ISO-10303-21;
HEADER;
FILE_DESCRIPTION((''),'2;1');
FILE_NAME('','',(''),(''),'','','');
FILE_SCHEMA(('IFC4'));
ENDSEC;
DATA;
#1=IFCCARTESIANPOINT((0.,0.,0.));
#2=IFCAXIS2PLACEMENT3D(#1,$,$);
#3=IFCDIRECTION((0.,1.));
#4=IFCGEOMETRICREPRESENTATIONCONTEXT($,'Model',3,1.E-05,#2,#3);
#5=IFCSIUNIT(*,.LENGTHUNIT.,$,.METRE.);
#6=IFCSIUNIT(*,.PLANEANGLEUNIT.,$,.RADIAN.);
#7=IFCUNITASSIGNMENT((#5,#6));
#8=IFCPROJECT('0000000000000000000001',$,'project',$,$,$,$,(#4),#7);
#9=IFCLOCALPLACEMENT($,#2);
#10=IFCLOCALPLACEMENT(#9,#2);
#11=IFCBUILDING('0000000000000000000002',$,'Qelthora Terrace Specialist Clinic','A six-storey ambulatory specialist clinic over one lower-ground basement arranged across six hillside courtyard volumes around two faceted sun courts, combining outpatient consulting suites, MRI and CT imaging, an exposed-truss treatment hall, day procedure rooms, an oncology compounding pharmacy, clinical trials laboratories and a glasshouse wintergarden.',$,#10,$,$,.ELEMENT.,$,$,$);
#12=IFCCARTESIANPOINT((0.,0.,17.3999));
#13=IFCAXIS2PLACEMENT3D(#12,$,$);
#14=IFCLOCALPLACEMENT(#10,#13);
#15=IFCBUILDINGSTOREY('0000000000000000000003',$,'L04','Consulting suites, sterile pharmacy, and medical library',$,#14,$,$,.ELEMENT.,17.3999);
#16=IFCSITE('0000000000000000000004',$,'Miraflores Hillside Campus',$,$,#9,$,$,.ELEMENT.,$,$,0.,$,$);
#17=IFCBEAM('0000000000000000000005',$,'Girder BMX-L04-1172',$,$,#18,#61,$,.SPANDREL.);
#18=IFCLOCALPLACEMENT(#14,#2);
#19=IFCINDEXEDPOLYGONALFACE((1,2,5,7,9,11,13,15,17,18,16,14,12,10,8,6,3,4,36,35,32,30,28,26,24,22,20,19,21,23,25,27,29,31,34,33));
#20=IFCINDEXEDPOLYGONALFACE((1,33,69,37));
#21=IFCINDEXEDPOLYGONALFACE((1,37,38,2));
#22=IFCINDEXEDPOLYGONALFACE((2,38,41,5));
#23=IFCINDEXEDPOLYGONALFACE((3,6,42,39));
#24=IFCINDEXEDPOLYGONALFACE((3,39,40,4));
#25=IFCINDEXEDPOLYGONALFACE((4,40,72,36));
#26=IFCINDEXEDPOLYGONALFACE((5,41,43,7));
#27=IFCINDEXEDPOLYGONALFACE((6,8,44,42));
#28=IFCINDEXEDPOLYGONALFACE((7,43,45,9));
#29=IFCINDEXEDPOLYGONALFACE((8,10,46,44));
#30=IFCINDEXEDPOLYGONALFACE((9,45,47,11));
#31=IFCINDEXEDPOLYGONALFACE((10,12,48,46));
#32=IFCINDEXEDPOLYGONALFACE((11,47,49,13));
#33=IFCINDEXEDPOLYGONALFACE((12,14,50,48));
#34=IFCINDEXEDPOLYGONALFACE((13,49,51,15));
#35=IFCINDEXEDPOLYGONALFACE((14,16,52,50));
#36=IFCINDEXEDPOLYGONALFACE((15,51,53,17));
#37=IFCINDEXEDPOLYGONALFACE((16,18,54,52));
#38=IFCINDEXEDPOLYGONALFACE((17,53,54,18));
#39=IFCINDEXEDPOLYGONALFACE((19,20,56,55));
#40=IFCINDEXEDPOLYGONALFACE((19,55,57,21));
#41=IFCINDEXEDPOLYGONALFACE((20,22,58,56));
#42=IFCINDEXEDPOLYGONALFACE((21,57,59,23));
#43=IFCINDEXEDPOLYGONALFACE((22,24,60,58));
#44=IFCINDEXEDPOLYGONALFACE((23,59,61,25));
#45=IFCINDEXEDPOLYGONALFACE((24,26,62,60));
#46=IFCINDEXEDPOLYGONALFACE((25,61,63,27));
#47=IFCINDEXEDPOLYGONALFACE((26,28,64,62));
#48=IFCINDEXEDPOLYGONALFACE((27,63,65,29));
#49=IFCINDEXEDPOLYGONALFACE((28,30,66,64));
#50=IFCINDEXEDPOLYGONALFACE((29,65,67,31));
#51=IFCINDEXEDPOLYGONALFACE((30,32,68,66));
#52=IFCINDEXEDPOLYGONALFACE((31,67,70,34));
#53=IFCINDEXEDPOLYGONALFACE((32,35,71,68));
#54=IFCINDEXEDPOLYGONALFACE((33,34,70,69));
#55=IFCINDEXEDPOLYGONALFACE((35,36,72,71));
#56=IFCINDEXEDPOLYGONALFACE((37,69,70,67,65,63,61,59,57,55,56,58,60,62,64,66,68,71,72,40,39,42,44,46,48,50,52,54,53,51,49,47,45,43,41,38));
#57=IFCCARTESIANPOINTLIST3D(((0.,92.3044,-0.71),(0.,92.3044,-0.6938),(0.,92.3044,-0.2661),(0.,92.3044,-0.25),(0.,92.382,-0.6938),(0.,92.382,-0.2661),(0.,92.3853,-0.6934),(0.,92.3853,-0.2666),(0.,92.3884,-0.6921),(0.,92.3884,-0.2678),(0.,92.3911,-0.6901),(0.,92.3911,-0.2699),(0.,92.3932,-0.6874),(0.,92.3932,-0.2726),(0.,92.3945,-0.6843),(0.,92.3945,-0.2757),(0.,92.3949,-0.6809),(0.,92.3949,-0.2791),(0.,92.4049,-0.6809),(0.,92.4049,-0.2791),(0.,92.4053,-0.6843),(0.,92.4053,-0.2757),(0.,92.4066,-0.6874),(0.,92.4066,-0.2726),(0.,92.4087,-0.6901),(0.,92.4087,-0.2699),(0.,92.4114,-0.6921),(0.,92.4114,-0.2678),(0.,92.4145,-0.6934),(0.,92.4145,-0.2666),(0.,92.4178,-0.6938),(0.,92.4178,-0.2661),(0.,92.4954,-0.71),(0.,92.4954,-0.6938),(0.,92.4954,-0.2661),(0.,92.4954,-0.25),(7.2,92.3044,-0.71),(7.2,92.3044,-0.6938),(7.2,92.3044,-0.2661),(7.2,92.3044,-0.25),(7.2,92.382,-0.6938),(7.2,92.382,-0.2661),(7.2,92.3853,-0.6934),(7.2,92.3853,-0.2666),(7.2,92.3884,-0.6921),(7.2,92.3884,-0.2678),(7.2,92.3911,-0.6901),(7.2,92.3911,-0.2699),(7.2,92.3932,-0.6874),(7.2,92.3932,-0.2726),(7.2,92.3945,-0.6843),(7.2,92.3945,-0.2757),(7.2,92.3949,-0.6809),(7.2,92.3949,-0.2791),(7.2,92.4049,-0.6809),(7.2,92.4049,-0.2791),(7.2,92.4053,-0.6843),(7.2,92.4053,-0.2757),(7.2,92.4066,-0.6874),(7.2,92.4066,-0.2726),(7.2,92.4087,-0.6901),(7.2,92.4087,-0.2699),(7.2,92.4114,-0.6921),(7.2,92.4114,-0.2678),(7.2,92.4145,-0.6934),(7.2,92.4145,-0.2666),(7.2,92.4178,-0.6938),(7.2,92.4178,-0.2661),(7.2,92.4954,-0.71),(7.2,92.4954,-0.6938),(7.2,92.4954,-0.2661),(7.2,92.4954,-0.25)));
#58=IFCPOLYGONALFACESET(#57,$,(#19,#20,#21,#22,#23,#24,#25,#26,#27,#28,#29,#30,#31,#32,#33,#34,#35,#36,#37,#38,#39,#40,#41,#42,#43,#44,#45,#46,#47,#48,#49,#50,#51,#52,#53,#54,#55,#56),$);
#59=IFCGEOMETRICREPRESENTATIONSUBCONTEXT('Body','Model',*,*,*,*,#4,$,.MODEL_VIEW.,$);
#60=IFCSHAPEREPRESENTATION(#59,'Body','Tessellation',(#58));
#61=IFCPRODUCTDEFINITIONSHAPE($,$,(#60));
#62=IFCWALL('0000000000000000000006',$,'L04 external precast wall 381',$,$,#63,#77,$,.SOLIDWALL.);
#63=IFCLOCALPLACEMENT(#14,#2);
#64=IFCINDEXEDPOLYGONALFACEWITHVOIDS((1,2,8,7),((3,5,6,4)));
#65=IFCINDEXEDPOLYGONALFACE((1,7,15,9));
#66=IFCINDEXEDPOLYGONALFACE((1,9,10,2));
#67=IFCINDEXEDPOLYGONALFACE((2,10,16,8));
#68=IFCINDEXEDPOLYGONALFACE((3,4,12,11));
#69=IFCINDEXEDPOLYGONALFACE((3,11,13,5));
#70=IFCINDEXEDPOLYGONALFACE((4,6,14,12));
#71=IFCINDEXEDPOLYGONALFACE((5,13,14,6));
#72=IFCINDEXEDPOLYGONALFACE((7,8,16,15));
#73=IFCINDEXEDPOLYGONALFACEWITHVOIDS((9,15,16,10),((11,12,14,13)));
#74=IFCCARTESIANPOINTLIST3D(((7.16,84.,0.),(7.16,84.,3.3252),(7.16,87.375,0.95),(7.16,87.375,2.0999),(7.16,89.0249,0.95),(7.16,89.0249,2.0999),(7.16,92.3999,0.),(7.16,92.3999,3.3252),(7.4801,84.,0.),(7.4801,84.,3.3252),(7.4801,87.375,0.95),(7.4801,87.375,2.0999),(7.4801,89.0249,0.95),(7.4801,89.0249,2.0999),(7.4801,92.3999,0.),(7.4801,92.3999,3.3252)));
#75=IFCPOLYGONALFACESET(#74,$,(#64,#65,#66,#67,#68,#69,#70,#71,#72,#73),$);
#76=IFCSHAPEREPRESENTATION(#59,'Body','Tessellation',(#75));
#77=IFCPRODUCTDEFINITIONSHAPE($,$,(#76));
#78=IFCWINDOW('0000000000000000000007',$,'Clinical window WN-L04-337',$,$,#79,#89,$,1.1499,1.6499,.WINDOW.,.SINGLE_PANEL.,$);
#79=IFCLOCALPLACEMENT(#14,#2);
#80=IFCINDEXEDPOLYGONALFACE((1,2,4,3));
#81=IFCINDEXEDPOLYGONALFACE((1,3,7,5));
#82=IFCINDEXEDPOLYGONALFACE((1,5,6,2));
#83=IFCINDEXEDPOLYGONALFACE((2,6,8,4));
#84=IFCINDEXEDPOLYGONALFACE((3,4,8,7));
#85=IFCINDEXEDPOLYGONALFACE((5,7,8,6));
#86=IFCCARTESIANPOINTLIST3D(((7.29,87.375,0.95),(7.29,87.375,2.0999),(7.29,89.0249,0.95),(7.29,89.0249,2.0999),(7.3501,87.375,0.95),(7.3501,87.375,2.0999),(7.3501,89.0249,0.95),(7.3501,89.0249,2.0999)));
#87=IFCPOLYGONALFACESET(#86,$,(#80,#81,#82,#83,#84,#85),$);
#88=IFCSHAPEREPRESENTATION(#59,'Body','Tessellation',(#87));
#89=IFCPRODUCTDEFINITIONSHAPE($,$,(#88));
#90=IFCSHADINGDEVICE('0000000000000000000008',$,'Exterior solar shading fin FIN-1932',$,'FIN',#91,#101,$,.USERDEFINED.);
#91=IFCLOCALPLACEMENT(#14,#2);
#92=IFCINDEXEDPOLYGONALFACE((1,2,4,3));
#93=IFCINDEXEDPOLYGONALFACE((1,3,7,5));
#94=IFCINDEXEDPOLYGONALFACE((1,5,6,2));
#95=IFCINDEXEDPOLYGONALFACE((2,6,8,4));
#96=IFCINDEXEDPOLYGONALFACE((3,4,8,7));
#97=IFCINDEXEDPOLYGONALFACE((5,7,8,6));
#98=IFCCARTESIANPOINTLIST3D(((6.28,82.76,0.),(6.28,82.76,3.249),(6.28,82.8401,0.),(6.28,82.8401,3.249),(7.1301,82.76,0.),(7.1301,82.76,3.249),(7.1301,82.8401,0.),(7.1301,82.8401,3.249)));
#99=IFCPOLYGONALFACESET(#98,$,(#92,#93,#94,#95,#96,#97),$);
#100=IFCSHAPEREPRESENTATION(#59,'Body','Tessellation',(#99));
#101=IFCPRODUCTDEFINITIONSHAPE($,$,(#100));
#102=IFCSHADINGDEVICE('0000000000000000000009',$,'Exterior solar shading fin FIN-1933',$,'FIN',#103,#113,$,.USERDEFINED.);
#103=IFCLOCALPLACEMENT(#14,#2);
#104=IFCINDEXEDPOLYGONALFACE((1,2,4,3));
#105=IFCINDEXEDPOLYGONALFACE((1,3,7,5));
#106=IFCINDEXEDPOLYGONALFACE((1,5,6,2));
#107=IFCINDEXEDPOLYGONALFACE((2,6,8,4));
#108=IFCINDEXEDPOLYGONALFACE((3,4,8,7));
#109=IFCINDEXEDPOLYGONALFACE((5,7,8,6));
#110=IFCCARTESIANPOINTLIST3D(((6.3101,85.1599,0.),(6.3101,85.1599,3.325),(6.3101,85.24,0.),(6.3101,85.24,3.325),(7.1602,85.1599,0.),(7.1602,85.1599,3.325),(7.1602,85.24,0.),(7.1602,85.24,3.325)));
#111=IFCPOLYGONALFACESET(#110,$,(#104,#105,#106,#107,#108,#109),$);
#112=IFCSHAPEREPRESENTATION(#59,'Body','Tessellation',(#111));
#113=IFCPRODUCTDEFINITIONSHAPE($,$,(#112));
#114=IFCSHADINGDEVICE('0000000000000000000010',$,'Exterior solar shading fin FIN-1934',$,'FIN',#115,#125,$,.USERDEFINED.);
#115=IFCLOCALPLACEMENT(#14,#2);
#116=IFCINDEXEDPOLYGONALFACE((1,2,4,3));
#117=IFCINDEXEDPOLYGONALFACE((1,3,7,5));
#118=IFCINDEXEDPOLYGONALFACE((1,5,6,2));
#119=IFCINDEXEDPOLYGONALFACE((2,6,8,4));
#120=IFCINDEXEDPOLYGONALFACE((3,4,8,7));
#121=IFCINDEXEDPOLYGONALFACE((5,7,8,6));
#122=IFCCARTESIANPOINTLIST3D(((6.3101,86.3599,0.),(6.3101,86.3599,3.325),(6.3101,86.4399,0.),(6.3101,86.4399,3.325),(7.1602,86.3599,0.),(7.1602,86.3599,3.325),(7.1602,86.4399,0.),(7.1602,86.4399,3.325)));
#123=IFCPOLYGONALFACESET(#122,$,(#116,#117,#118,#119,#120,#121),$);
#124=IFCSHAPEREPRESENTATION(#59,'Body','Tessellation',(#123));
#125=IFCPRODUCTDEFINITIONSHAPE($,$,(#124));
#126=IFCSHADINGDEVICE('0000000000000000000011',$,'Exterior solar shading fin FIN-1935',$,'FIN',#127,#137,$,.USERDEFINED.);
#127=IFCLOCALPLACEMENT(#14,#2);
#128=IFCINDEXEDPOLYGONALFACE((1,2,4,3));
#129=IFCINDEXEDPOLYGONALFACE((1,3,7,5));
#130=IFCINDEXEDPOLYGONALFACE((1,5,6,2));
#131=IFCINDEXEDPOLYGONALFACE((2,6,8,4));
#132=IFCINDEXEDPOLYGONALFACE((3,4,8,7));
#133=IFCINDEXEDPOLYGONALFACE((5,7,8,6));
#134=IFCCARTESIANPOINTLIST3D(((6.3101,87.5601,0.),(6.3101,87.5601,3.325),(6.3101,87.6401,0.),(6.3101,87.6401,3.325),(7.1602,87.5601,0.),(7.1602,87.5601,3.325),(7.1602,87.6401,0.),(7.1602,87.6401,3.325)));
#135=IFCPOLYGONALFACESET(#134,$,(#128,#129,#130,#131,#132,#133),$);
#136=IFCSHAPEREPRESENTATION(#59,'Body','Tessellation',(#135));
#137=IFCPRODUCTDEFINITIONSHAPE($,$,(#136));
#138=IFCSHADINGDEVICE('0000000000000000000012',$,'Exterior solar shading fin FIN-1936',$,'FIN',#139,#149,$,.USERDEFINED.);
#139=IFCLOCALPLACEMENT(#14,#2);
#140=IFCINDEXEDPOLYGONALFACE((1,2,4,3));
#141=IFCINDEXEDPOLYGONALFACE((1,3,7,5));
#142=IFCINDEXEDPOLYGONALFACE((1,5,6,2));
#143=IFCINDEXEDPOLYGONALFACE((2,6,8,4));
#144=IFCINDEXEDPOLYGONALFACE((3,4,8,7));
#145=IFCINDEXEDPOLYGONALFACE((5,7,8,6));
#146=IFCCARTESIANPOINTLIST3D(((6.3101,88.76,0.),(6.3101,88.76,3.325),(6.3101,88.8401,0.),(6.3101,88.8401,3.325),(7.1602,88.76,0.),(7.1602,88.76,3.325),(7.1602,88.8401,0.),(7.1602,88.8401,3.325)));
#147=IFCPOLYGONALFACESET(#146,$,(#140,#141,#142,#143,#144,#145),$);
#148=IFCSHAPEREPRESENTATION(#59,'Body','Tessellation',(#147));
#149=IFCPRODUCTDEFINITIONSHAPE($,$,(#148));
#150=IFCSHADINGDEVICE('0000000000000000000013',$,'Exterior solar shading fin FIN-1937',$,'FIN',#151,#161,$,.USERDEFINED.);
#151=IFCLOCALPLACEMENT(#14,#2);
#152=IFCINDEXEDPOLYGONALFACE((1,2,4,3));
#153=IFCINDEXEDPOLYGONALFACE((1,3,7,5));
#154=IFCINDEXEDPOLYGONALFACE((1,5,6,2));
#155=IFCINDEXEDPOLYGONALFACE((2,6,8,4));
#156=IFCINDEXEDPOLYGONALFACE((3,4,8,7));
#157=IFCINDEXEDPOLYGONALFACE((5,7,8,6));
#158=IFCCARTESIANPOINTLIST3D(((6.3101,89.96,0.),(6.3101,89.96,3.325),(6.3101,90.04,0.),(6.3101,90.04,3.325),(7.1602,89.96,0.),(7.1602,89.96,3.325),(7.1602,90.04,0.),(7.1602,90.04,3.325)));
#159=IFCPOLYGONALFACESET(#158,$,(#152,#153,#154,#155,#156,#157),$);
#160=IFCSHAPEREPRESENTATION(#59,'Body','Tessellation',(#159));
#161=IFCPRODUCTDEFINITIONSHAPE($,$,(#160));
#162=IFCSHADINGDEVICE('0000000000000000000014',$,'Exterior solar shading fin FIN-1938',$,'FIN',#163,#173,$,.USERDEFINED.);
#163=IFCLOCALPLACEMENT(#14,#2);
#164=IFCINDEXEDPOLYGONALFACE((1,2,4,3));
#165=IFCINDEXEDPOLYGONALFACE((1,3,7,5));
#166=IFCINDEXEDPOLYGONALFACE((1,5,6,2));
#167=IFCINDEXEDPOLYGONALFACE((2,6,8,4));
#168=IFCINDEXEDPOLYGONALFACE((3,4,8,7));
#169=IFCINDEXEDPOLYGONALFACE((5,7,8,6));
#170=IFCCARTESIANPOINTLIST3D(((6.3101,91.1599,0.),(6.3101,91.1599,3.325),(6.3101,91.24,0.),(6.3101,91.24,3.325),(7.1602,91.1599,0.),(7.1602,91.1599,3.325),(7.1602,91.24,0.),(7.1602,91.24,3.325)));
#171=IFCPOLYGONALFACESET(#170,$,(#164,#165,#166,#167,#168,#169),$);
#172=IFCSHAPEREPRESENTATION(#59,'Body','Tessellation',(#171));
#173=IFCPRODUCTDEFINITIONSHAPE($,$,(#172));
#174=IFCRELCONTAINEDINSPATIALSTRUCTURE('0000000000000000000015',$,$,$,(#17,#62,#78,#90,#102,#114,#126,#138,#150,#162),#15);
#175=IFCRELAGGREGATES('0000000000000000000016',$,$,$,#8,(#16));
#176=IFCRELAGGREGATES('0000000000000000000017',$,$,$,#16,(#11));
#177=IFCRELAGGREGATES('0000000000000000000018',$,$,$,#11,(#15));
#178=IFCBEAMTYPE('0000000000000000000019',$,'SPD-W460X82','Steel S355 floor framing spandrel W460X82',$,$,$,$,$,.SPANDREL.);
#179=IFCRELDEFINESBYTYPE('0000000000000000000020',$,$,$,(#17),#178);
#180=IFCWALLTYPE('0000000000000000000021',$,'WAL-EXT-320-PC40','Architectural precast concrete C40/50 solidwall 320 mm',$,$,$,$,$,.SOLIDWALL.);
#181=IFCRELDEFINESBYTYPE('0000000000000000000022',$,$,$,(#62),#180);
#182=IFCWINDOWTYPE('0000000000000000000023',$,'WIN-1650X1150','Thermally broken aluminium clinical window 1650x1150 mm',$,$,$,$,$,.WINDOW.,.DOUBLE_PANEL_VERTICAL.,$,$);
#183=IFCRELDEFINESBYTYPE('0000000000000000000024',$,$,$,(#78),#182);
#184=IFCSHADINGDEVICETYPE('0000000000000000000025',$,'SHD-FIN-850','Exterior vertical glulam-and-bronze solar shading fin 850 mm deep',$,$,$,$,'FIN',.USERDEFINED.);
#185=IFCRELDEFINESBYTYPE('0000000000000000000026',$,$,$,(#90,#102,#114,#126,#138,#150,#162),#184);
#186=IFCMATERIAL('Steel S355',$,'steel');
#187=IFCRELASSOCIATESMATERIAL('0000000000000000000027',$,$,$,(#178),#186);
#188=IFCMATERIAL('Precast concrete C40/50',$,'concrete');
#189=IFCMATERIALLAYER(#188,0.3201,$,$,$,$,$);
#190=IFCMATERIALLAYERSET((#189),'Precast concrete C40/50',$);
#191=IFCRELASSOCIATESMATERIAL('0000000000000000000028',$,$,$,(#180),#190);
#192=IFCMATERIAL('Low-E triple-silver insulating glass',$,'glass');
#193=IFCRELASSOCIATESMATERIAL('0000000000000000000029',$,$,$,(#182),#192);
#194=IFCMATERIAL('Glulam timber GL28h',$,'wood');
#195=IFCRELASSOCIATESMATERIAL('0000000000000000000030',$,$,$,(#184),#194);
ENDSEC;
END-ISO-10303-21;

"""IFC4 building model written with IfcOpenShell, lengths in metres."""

from ifc_helpers import new_model, si_unit, direction, frame, frame_2d, origin, origin_2d, place, context, subcontext, project, spatial, rectangle, i_section, extrude, material, layer, layer_set, material_profile, profile_set, type_object, element, fill, save


model = new_model("IFC4")

# Units and contexts
model_context = context("Model", 3, precision=1e-05, world=origin(), true_north=direction((0.0, 1.0)))
body_context = subcontext(model_context, "Body", "Model", "MODEL_VIEW")
ifc_project = project(units=[si_unit("LENGTHUNIT", "METRE"), si_unit("PLANEANGLEUNIT", "RADIAN")], contexts=[model_context])

# Site, building, storey
site_placement = place(None, origin())
site = spatial("IfcSite", under=ifc_project, at=site_placement, Name="Miraflores Hillside Campus", CompositionType="ELEMENT", RefElevation=0.0)
building_placement = place(site_placement, origin())
building = spatial("IfcBuilding", under=site, at=building_placement, Name="Qelthora Terrace Specialist Clinic", Description="A six-storey ambulatory specialist clinic over one lower-ground basement arranged across six hillside courtyard volumes around two faceted sun courts, combining outpatient consulting suites, MRI and CT imaging, an exposed-truss treatment hall, day procedure rooms, an oncology compounding pharmacy, clinical trials laboratories and a glasshouse wintergarden.", CompositionType="ELEMENT")
storey_placement = place(building_placement, frame((0.0, 0.0, 17.3999)))
storey = spatial("IfcBuildingStorey", under=building, at=storey_placement, Name="L04", Description="Consulting suites, sterile pharmacy, and medical library", CompositionType="ELEMENT", Elevation=17.3999)

# Shared definitions
ifc_material_1 = material(Name="Steel S355", Category="steel")

# Beam
ifc_material_profile_1 = material_profile(ifc_material_1, i_section(OverallWidth=0.1909, OverallDepth=0.46, WebThickness=0.01, FlangeThickness=0.0161, FilletRadius=0.0129, at=origin_2d()), Name="W460X82")
ifc_profile_set_1 = profile_set([ifc_material_profile_1], Name="Steel S355")
beam_type_1 = type_object("IfcBeamType", Name="SPD-W460X82", Description="Steel S355 floor framing spandrel W460X82", PredefinedType="SPANDREL", material=ifc_profile_set_1)
beam_1_placement = place(storey_placement, frame((0.0, 92.3999, -0.48), z_axis=(1.0, 0.0, 0.0), x_axis=(0.0, 1.0, 0.0)))
element("IfcBeam", 1, at=beam_1_placement, inside=storey, type_object=beam_type_1, Name="Girder BMX-L04-1172", PredefinedType="SPANDREL", context=body_context, shape_type="SweptSolid", body=[
    extrude(i_section(OverallWidth=0.1909, OverallDepth=0.46, WebThickness=0.01, FlangeThickness=0.0161, FilletRadius=0.0129, at=origin_2d()), origin(), (0.0, 0.0, 1.0), 7.2),
])

# Wall, opening, window
ifc_material_2 = material(Name="Precast concrete C40/50", Category="concrete")
ifc_layer = layer(ifc_material_2, 0.3201)
ifc_layer_set = layer_set([ifc_layer], Name="Precast concrete C40/50")
wall_type = type_object("IfcWallType", Name="WAL-EXT-320-PC40", Description="Architectural precast concrete C40/50 solidwall 320 mm", PredefinedType="SOLIDWALL", material=ifc_layer_set)
wall_placement = place(storey_placement, frame((7.3201, 84.0, 0.0), z_axis=(0.0, 0.0, 1.0), x_axis=(0.0, 1.0, 0.0)))
wall = element("IfcWall", 2, at=wall_placement, inside=storey, type_object=wall_type, Name="L04 external precast wall 381", PredefinedType="SOLIDWALL", context=body_context, shape_type="SweptSolid", body=[
    extrude(rectangle(XDim=8.3999, YDim=0.3201, at=frame_2d((4.2, 0.0))), origin(), (0.0, 0.0, 1.0), 3.3252),
])
opening_placement = place(wall_placement, frame((3.375, 0.0, 0.95)))
opening = element("IfcOpeningElement", 3, at=opening_placement, cuts=wall, PredefinedType="OPENING", context=body_context, shape_type="SweptSolid", body=[
    extrude(rectangle(XDim=1.6499, YDim=1.1499, at=frame_2d((0.825, 0.575))), frame((0.0, 0.1699, 0.0), z_axis=(0.0, -1.0, 0.0), x_axis=(1.0, 0.0, 0.0)), (0.0, 0.0, 1.0), 0.3401),
])
ifc_material_3 = material(Name="Low-E triple-silver insulating glass", Category="glass")
window_type = type_object("IfcWindowType", Name="WIN-1650X1150", Description="Thermally broken aluminium clinical window 1650x1150 mm", PartitioningType="DOUBLE_PANEL_VERTICAL", PredefinedType="WINDOW", material=ifc_material_3)
window_placement = place(opening_placement, origin())
window = element("IfcWindow", 4, at=window_placement, inside=storey, type_object=window_type, Name="Clinical window WN-L04-337", OverallHeight=1.1499, OverallWidth=1.6499, PartitioningType="SINGLE_PANEL", PredefinedType="WINDOW", context=body_context, shape_type="SweptSolid", body=[
    extrude(rectangle(XDim=1.6499, YDim=1.1499, at=frame_2d((0.825, 0.575))), frame((0.0, 0.03, 0.0), z_axis=(0.0, -1.0, 0.0), x_axis=(1.0, 0.0, 0.0)), (0.0, 0.0, 1.0), 0.0601),
])
fill(opening, window)

# Shading devices
ifc_material_4 = material(Name="Glulam timber GL28h", Category="wood")
shading_device_type = type_object("IfcShadingDeviceType", Name="SHD-FIN-850", Description="Exterior vertical glulam-and-bronze solar shading fin 850 mm deep", ElementType="FIN", PredefinedType="USERDEFINED", material=ifc_material_4)
shading_device_placement = place(storey_placement, frame((6.7051, 82.8, 0.0), z_axis=(0.0, 0.0, 1.0), x_axis=(-1.0, 0.0, 0.0)))
element("IfcShadingDevice", 5, at=shading_device_placement, inside=storey, type_object=shading_device_type, Name="Exterior solar shading fin FIN-1932", ObjectType="FIN", PredefinedType="USERDEFINED", context=body_context, shape_type="SweptSolid", body=[
    extrude(rectangle(XDim=0.8501, YDim=0.0801, at=origin_2d()), origin(), (0.0, 0.0, 1.0), 3.249),
])
for number, where, z_axis, x_axis, name in (
    (6, (6.7351, 85.2, 0.0), (0.0, 0.0, 1.0), (-1.0, 0.0, 0.0), "Exterior solar shading fin FIN-1933"),
    (7, (6.7351, 86.3999, 0.0), (0.0, 0.0, 1.0), (-1.0, 0.0, 0.0), "Exterior solar shading fin FIN-1934"),
    (8, (6.7351, 87.6001, 0.0), (0.0, 0.0, 1.0), (-1.0, 0.0, 0.0), "Exterior solar shading fin FIN-1935"),
    (9, (6.7351, 88.8, 0.0), (0.0, 0.0, 1.0), (-1.0, 0.0, 0.0), "Exterior solar shading fin FIN-1936"),
    (10, (6.7351, 90.0, 0.0), (0.0, 0.0, 1.0), (-1.0, 0.0, 0.0), "Exterior solar shading fin FIN-1937"),
    (11, (6.7351, 91.2, 0.0), (0.0, 0.0, 1.0), (-1.0, 0.0, 0.0), "Exterior solar shading fin FIN-1938"),
):
    element("IfcShadingDevice", number, at=place(storey_placement, frame(where, z_axis=z_axis, x_axis=x_axis)), inside=storey, type_object=shading_device_type, Name=name, ObjectType="FIN", PredefinedType="USERDEFINED", context=body_context, shape_type="SweptSolid", body=[
        extrude(rectangle(XDim=0.8501, YDim=0.0801, at=origin_2d()), origin(), (0.0, 0.0, 1.0), 3.325),
    ])

save(model, "model.ifc")
